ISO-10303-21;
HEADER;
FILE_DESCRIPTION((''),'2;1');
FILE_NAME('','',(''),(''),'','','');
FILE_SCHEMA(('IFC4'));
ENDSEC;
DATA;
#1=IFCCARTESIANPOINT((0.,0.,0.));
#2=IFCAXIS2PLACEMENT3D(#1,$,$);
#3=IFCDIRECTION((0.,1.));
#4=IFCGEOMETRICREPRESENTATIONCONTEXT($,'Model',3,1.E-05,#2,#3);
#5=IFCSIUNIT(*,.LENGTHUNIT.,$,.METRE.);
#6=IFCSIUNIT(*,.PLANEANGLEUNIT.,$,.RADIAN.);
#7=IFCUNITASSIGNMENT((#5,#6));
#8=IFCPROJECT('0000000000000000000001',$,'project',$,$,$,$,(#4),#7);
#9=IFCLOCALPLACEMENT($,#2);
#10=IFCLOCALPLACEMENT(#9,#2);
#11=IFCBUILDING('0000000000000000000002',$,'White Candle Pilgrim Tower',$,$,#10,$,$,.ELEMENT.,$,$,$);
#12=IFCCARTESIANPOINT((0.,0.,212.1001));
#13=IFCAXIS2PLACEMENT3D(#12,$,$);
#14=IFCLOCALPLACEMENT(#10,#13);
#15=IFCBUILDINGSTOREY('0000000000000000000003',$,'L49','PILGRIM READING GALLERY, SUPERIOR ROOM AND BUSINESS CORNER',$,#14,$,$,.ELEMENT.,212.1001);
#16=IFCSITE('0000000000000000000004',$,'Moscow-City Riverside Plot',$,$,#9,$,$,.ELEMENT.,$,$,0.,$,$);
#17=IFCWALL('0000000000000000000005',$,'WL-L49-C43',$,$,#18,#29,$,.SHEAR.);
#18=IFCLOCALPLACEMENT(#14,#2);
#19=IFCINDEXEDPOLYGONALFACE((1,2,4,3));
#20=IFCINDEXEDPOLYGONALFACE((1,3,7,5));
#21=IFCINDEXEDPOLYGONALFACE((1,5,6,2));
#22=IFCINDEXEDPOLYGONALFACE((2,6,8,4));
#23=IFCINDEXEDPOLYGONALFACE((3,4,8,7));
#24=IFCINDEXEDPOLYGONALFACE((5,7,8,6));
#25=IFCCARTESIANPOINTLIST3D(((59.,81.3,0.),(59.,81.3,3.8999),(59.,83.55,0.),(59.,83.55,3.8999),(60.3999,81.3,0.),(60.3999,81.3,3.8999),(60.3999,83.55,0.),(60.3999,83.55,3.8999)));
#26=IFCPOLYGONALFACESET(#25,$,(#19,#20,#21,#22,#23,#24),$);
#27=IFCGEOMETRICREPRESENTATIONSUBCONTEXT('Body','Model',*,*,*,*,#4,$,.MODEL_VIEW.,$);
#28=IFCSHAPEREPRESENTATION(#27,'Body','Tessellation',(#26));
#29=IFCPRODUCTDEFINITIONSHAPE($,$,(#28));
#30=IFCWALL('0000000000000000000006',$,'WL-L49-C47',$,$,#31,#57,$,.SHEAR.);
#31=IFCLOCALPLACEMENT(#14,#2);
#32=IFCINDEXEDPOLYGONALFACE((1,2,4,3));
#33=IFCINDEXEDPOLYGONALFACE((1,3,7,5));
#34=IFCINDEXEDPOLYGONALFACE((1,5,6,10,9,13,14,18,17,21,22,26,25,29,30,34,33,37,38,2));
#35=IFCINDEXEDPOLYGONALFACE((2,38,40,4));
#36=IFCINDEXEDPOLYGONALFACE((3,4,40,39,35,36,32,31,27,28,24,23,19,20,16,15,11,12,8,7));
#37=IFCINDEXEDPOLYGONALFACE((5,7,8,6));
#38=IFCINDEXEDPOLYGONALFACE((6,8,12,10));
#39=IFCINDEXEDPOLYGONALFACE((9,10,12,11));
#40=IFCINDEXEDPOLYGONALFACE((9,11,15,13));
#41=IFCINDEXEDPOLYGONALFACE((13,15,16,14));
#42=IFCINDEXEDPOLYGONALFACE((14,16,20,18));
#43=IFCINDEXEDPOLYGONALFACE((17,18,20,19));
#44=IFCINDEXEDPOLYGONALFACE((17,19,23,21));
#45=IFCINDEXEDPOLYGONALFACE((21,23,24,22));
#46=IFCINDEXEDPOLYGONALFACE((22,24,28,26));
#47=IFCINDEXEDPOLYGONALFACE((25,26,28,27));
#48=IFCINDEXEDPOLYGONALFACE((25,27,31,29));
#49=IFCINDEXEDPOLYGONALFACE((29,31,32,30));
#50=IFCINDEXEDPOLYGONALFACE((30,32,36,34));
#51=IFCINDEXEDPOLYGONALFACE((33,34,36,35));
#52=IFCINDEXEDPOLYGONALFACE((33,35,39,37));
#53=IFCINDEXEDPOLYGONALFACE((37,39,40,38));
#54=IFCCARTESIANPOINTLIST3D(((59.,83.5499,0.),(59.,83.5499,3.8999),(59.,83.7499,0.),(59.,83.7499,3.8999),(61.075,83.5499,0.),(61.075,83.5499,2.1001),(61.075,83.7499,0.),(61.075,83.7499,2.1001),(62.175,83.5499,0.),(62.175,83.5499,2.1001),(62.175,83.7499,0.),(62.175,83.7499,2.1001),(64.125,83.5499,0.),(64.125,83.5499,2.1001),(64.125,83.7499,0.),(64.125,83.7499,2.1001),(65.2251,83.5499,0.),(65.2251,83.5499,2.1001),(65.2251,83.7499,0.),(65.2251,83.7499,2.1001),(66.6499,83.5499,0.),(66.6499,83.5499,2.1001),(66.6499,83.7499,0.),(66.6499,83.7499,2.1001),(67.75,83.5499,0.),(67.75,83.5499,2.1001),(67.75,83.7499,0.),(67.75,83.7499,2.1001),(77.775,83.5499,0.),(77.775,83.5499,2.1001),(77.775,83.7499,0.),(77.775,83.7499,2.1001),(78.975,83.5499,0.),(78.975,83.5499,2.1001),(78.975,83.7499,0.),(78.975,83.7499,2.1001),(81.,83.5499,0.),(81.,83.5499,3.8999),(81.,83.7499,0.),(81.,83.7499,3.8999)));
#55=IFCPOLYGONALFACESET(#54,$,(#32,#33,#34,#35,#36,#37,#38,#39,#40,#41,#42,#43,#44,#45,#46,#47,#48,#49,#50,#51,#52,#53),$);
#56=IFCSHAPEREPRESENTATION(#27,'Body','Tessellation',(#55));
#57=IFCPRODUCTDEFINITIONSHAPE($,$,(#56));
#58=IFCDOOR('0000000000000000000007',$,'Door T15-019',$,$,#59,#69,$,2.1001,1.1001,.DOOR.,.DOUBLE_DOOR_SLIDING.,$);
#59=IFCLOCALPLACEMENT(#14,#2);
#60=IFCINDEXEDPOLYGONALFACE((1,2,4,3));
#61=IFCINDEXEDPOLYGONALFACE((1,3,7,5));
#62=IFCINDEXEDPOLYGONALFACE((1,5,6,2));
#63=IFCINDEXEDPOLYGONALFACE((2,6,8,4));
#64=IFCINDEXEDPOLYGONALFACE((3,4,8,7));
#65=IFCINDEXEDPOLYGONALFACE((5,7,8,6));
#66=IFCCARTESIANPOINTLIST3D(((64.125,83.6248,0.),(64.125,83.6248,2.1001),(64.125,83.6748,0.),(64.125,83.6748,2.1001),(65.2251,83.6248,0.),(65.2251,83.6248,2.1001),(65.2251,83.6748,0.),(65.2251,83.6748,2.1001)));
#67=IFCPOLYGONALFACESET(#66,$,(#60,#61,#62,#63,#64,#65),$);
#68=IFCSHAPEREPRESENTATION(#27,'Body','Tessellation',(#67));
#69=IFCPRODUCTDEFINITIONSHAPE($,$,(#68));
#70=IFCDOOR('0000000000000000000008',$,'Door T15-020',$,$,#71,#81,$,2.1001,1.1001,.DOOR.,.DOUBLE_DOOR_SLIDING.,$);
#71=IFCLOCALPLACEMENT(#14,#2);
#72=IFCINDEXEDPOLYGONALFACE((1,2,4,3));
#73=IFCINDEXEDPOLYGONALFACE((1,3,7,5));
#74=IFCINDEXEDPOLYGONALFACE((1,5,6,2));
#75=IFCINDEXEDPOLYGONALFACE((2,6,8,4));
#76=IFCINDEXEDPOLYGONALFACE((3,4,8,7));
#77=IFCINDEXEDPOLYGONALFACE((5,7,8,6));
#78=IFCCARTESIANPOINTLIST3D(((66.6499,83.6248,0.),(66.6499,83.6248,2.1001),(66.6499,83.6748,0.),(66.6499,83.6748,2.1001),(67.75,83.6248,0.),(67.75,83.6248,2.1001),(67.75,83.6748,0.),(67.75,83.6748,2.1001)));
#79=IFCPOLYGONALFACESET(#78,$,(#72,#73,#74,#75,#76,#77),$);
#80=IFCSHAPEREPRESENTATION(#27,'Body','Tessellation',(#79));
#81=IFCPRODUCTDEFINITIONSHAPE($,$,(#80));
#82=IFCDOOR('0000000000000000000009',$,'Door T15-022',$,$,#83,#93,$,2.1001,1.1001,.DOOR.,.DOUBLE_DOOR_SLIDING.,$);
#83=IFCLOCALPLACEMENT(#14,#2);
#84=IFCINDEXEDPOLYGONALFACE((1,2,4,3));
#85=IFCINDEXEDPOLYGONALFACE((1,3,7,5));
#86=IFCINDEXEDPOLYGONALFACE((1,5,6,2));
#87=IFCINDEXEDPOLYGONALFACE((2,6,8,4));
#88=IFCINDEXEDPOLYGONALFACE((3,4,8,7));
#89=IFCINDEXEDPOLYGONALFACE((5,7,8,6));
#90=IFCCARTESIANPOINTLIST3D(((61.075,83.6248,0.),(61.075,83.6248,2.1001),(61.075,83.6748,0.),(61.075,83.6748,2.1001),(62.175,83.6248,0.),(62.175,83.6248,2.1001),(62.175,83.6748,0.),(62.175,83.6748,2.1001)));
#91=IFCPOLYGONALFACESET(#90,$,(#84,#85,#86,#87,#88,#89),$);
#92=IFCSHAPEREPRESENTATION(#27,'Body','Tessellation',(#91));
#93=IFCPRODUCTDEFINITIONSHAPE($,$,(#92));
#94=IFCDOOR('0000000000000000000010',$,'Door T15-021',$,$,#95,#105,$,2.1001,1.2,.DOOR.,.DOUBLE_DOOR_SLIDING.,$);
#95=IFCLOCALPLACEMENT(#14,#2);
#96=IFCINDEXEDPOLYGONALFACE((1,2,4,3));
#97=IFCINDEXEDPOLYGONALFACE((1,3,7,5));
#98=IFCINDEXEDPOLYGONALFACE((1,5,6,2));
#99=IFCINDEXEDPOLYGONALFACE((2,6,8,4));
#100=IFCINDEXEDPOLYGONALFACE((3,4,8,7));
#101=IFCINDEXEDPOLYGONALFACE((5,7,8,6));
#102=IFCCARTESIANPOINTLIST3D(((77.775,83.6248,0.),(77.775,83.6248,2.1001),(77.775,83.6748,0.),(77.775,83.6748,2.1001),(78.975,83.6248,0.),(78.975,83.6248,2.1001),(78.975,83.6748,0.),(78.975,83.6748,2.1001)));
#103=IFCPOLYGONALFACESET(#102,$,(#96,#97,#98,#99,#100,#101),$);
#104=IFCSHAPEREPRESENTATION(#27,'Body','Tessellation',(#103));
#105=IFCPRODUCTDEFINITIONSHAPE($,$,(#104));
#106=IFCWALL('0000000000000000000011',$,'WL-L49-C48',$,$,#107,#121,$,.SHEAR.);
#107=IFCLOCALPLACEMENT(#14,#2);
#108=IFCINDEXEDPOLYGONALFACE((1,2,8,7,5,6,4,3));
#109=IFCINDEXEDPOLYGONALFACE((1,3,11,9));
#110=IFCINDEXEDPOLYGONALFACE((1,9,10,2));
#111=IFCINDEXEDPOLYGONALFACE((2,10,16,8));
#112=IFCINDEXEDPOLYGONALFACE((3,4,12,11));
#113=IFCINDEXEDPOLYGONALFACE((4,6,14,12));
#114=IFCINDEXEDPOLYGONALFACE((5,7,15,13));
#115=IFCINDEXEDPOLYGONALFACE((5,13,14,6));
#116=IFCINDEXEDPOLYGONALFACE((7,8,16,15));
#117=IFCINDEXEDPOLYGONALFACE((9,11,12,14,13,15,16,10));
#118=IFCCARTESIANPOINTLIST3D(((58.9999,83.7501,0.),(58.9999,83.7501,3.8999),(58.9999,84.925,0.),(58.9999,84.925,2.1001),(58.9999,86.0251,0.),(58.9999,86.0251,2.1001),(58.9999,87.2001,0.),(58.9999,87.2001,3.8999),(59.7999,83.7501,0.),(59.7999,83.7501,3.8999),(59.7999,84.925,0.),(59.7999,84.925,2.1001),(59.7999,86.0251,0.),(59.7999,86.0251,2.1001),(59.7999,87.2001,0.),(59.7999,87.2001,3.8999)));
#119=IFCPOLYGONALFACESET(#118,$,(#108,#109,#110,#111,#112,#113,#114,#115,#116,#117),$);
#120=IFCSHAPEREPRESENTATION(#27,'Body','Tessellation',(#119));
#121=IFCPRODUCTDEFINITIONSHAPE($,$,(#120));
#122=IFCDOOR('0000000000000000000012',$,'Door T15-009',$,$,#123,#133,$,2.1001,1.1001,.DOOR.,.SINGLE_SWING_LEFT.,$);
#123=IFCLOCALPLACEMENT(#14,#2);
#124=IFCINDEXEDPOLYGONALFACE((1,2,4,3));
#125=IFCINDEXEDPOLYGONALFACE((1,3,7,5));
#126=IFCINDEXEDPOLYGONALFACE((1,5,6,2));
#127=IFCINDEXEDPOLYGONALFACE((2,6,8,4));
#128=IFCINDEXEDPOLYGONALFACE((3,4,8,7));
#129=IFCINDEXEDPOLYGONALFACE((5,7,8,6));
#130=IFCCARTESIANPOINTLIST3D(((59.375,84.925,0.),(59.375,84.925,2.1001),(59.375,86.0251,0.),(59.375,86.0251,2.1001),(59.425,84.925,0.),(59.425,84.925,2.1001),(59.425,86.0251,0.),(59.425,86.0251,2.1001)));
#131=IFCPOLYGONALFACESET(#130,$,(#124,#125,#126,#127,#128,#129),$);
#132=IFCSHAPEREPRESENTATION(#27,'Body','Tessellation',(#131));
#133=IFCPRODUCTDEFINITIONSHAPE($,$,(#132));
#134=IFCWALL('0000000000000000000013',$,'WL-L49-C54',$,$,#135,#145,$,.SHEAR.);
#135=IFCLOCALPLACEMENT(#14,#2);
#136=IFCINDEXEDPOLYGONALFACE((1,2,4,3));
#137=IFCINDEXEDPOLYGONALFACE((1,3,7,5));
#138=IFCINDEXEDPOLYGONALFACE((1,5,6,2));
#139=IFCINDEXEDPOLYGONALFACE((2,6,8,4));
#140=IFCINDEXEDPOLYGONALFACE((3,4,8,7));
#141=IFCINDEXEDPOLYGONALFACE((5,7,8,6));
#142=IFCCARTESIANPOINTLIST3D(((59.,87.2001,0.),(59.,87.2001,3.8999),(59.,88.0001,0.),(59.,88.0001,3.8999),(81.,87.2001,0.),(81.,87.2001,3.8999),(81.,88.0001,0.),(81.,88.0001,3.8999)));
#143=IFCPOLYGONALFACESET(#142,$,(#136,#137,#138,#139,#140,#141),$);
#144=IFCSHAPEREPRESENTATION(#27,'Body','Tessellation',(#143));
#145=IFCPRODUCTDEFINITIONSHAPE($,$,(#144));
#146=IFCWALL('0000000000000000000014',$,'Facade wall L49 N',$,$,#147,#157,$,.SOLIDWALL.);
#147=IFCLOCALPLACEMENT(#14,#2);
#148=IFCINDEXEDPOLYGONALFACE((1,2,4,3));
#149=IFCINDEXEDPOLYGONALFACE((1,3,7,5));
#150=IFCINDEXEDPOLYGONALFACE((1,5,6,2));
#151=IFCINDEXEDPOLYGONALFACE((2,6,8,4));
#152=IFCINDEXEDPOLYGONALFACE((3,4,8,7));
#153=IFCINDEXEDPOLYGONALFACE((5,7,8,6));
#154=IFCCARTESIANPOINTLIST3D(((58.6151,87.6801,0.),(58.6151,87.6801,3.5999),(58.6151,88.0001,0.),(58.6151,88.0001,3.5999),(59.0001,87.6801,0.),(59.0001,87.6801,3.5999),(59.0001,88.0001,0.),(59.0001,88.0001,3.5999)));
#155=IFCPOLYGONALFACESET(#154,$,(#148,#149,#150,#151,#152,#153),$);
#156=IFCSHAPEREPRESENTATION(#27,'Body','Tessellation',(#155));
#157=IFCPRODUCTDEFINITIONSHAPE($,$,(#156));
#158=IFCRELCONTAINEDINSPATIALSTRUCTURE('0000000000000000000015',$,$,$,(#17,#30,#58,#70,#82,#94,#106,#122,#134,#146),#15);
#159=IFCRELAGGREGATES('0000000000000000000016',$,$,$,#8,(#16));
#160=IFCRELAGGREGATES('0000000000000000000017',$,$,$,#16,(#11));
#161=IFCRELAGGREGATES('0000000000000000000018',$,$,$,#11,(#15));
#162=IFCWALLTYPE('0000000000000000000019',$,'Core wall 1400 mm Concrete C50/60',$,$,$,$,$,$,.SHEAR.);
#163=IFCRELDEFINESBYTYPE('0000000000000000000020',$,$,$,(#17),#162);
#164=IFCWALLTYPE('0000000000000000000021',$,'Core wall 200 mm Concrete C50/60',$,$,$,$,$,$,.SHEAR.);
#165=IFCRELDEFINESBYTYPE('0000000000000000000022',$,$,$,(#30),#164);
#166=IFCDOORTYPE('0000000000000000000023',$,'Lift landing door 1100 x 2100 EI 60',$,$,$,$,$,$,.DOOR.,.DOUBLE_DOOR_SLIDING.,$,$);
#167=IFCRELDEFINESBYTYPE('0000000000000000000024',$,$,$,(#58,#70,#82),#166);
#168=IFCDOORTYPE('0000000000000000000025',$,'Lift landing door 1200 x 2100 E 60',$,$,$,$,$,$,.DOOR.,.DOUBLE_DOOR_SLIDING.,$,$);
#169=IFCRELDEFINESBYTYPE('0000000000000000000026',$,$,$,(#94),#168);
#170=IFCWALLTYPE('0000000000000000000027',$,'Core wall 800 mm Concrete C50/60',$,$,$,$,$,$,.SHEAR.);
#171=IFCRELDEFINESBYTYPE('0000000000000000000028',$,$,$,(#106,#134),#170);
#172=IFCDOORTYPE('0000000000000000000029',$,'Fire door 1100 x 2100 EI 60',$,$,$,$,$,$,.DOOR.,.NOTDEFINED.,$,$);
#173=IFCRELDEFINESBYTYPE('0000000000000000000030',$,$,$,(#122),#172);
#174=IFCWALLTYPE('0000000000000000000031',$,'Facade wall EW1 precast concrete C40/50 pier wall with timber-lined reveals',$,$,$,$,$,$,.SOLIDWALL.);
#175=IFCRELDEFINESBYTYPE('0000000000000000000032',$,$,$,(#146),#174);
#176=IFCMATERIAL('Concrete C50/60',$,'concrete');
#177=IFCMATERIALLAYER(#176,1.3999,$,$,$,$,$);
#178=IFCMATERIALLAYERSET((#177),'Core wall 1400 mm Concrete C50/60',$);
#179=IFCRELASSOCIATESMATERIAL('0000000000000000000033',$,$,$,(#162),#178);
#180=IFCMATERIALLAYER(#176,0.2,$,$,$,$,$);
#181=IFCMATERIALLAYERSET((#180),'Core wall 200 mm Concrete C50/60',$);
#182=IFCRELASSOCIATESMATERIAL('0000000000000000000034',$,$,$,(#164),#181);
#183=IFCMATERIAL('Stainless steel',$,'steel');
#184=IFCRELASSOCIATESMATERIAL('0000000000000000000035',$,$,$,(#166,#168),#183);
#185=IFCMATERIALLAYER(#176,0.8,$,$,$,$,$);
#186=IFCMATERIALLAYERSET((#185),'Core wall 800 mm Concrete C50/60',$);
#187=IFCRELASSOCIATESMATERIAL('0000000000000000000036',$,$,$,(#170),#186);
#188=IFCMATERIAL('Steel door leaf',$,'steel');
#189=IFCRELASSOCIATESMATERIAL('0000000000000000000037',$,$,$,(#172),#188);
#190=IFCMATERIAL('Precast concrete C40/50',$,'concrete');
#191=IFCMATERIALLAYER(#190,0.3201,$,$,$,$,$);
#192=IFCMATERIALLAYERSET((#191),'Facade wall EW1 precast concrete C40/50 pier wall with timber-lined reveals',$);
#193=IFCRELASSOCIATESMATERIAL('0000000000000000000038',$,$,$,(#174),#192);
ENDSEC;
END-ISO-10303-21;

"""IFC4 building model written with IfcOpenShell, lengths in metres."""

from ifc_helpers import new_model, si_unit, direction, frame, frame_2d, origin, place, context, subcontext, project, spatial, rectangle, extrude, material, layer, layer_set, type_object, element, fill, save


model = new_model("IFC4")

# Units and contexts
model_context = context("Model", 3, precision=1e-05, world=origin(), true_north=direction((0.0, 1.0)))
body_context = subcontext(model_context, "Body", "Model", "MODEL_VIEW")
ifc_project = project(units=[si_unit("LENGTHUNIT", "METRE"), si_unit("PLANEANGLEUNIT", "RADIAN")], contexts=[model_context])

# Site, building, storey
site_placement = place(None, origin())
site = spatial("IfcSite", under=ifc_project, at=site_placement, Name="Moscow-City Riverside Plot", CompositionType="ELEMENT", RefElevation=0.0)
building_placement = place(site_placement, origin())
building = spatial("IfcBuilding", under=site, at=building_placement, Name="White Candle Pilgrim Tower", CompositionType="ELEMENT")
storey_placement = place(building_placement, frame((0.0, 0.0, 212.1001)))
storey = spatial("IfcBuildingStorey", under=building, at=storey_placement, Name="L49", Description="PILGRIM READING GALLERY, SUPERIOR ROOM AND BUSINESS CORNER", CompositionType="ELEMENT", Elevation=212.1001)

# Wall
ifc_material_1 = material(Name="Concrete C50/60", Category="concrete")
ifc_layer_1 = layer(ifc_material_1, 1.3999)
ifc_layer_set_1 = layer_set([ifc_layer_1], Name="Core wall 1400 mm Concrete C50/60")
wall_type_1 = type_object("IfcWallType", Name="Core wall 1400 mm Concrete C50/60", PredefinedType="SHEAR", material=ifc_layer_set_1)
wall_1_placement = place(storey_placement, frame((59.7, 81.3, 0.0), z_axis=(0.0, 0.0, 1.0), x_axis=(0.0, 1.0, 0.0)))
element("IfcWall", 1, at=wall_1_placement, inside=storey, type_object=wall_type_1, Name="WL-L49-C43", PredefinedType="SHEAR", context=body_context, shape_type="SweptSolid", body=[
    extrude(rectangle(XDim=2.25, YDim=1.3999, at=frame_2d((1.125, 0.0))), origin(), (0.0, 0.0, 1.0), 3.8999),
])

# Wall, openings, doors
ifc_layer_2 = layer(ifc_material_1, 0.2)
ifc_layer_set_2 = layer_set([ifc_layer_2], Name="Core wall 200 mm Concrete C50/60")
wall_type_2 = type_object("IfcWallType", Name="Core wall 200 mm Concrete C50/60", PredefinedType="SHEAR", material=ifc_layer_set_2)
wall_2_placement = place(storey_placement, frame((59.0, 83.6499, 0.0), z_axis=(0.0, 0.0, 1.0), x_axis=(1.0, 0.0, 0.0)))
wall_2 = element("IfcWall", 2, at=wall_2_placement, inside=storey, type_object=wall_type_2, Name="WL-L49-C47", PredefinedType="SHEAR", context=body_context, shape_type="SweptSolid", body=[
    extrude(rectangle(XDim=22.0, YDim=0.2, at=frame_2d((11.0, 0.0))), origin(), (0.0, 0.0, 1.0), 3.8999),
])
opening_1_placement = place(wall_2_placement, frame((5.125, 0.0, 0.0)))
opening_1 = element("IfcOpeningElement", 3, at=opening_1_placement, cuts=wall_2, PredefinedType="OPENING", context=body_context, shape_type="SweptSolid", body=[
    extrude(rectangle(XDim=1.1001, YDim=2.1001, at=frame_2d((0.55, 1.05))), frame((0.0, 0.1099, 0.0), z_axis=(0.0, -1.0, 0.0), x_axis=(1.0, 0.0, 0.0)), (0.0, 0.0, 1.0), 0.22),
])
opening_2_placement = place(wall_2_placement, frame((7.6499, 0.0, 0.0)))
opening_2 = element("IfcOpeningElement", 4, at=opening_2_placement, cuts=wall_2, PredefinedType="OPENING", context=body_context, shape_type="SweptSolid", body=[
    extrude(rectangle(XDim=1.1001, YDim=2.1001, at=frame_2d((0.55, 1.05))), frame((0.0, 0.1099, 0.0), z_axis=(0.0, -1.0, 0.0), x_axis=(1.0, 0.0, 0.0)), (0.0, 0.0, 1.0), 0.22),
])
opening_3_placement = place(wall_2_placement, frame((18.7749, 0.0, 0.0)))
opening_3 = element("IfcOpeningElement", 5, at=opening_3_placement, cuts=wall_2, PredefinedType="OPENING", context=body_context, shape_type="SweptSolid", body=[
    extrude(rectangle(XDim=1.2, YDim=2.1001, at=frame_2d((0.6001, 1.05))), frame((0.0, 0.1099, 0.0), z_axis=(0.0, -1.0, 0.0), x_axis=(1.0, 0.0, 0.0)), (0.0, 0.0, 1.0), 0.22),
])
opening_4_placement = place(wall_2_placement, frame((2.075, 0.0, 0.0)))
opening_4 = element("IfcOpeningElement", 6, at=opening_4_placement, cuts=wall_2, PredefinedType="OPENING", context=body_context, shape_type="SweptSolid", body=[
    extrude(rectangle(XDim=1.1001, YDim=2.1001, at=frame_2d((0.55, 1.05))), frame((0.0, 0.1099, 0.0), z_axis=(0.0, -1.0, 0.0), x_axis=(1.0, 0.0, 0.0)), (0.0, 0.0, 1.0), 0.22),
])
ifc_material_2 = material(Name="Stainless steel", Category="steel")
door_type_1 = type_object("IfcDoorType", Name="Lift landing door 1100 x 2100 EI 60", OperationType="DOUBLE_DOOR_SLIDING", PredefinedType="DOOR", material=ifc_material_2)
door_1_placement = place(opening_1_placement, origin())
door_1 = element("IfcDoor", 7, at=door_1_placement, inside=storey, type_object=door_type_1, Name="Door T15-019", OperationType="DOUBLE_DOOR_SLIDING", OverallHeight=2.1001, OverallWidth=1.1001, PredefinedType="DOOR", context=body_context, shape_type="SweptSolid", body=[
    extrude(rectangle(XDim=1.1001, YDim=2.1001, at=frame_2d((0.55, 1.05))), frame((0.0, 0.0249, 0.0), z_axis=(0.0, -1.0, 0.0), x_axis=(1.0, 0.0, 0.0)), (0.0, 0.0, 1.0), 0.05),
])
fill(opening_1, door_1)
door_2_placement = place(opening_2_placement, origin())
door_2 = element("IfcDoor", 8, at=door_2_placement, inside=storey, type_object=door_type_1, Name="Door T15-020", OperationType="DOUBLE_DOOR_SLIDING", OverallHeight=2.1001, OverallWidth=1.1001, PredefinedType="DOOR", context=body_context, shape_type="SweptSolid", body=[
    extrude(rectangle(XDim=1.1001, YDim=2.1001, at=frame_2d((0.55, 1.05))), frame((0.0, 0.0249, 0.0), z_axis=(0.0, -1.0, 0.0), x_axis=(1.0, 0.0, 0.0)), (0.0, 0.0, 1.0), 0.05),
])
fill(opening_2, door_2)
door_3_placement = place(opening_4_placement, origin())
door_3 = element("IfcDoor", 9, at=door_3_placement, inside=storey, type_object=door_type_1, Name="Door T15-022", OperationType="DOUBLE_DOOR_SLIDING", OverallHeight=2.1001, OverallWidth=1.1001, PredefinedType="DOOR", context=body_context, shape_type="SweptSolid", body=[
    extrude(rectangle(XDim=1.1001, YDim=2.1001, at=frame_2d((0.55, 1.05))), frame((0.0, 0.0249, 0.0), z_axis=(0.0, -1.0, 0.0), x_axis=(1.0, 0.0, 0.0)), (0.0, 0.0, 1.0), 0.05),
])
fill(opening_4, door_3)
door_type_2 = type_object("IfcDoorType", Name="Lift landing door 1200 x 2100 E 60", OperationType="DOUBLE_DOOR_SLIDING", PredefinedType="DOOR", material=ifc_material_2)
door_4_placement = place(opening_3_placement, origin())
door_4 = element("IfcDoor", 10, at=door_4_placement, inside=storey, type_object=door_type_2, Name="Door T15-021", OperationType="DOUBLE_DOOR_SLIDING", OverallHeight=2.1001, OverallWidth=1.2, PredefinedType="DOOR", context=body_context, shape_type="SweptSolid", body=[
    extrude(rectangle(XDim=1.2, YDim=2.1001, at=frame_2d((0.6001, 1.05))), frame((0.0, 0.0249, 0.0), z_axis=(0.0, -1.0, 0.0), x_axis=(1.0, 0.0, 0.0)), (0.0, 0.0, 1.0), 0.05),
])
fill(opening_3, door_4)

# Wall, opening, door
ifc_layer_3 = layer(ifc_material_1, 0.8)
ifc_layer_set_3 = layer_set([ifc_layer_3], Name="Core wall 800 mm Concrete C50/60")
wall_type_3 = type_object("IfcWallType", Name="Core wall 800 mm Concrete C50/60", PredefinedType="SHEAR", material=ifc_layer_set_3)
wall_3_placement = place(storey_placement, frame((59.3999, 83.75, 0.0), z_axis=(0.0, 0.0, 1.0), x_axis=(0.0, 1.0, 0.0)))
wall_3 = element("IfcWall", 11, at=wall_3_placement, inside=storey, type_object=wall_type_3, Name="WL-L49-C48", PredefinedType="SHEAR", context=body_context, shape_type="SweptSolid", body=[
    extrude(rectangle(XDim=3.45, YDim=0.8, at=frame_2d((1.7251, 0.0))), origin(), (0.0, 0.0, 1.0), 3.8999),
])
opening_5_placement = place(wall_3_placement, frame((1.175, 0.0, 0.0)))
opening_5 = element("IfcOpeningElement", 12, at=opening_5_placement, cuts=wall_3, PredefinedType="OPENING", context=body_context, shape_type="SweptSolid", body=[
    extrude(rectangle(XDim=1.1001, YDim=2.1001, at=frame_2d((0.55, 1.05))), frame((0.0, 0.4099, 0.0), z_axis=(0.0, -1.0, 0.0), x_axis=(1.0, 0.0, 0.0)), (0.0, 0.0, 1.0), 0.8201),
])
ifc_material_3 = material(Name="Steel door leaf", Category="steel")
door_type_3 = type_object("IfcDoorType", Name="Fire door 1100 x 2100 EI 60", OperationType="NOTDEFINED", PredefinedType="DOOR", material=ifc_material_3)
door_5_placement = place(opening_5_placement, origin())
door_5 = element("IfcDoor", 13, at=door_5_placement, inside=storey, type_object=door_type_3, Name="Door T15-009", OperationType="SINGLE_SWING_LEFT", OverallHeight=2.1001, OverallWidth=1.1001, PredefinedType="DOOR", context=body_context, shape_type="SweptSolid", body=[
    extrude(rectangle(XDim=1.1001, YDim=2.1001, at=frame_2d((0.55, 1.05))), frame((0.0, 0.0249, 0.0), z_axis=(0.0, -1.0, 0.0), x_axis=(1.0, 0.0, 0.0)), (0.0, 0.0, 1.0), 0.05),
])
fill(opening_5, door_5)

# Walls
wall_4_placement = place(storey_placement, frame((59.0, 87.6001, 0.0), z_axis=(0.0, 0.0, 1.0), x_axis=(1.0, 0.0, 0.0)))
element("IfcWall", 14, at=wall_4_placement, inside=storey, type_object=wall_type_3, Name="WL-L49-C54", PredefinedType="SHEAR", context=body_context, shape_type="SweptSolid", body=[
    extrude(rectangle(XDim=22.0, YDim=0.8, at=frame_2d((11.0, 0.0))), origin(), (0.0, 0.0, 1.0), 3.8999),
])
ifc_material_4 = material(Name="Precast concrete C40/50", Category="concrete")
ifc_layer_4 = layer(ifc_material_4, 0.3201)
ifc_layer_set_4 = layer_set([ifc_layer_4], Name="Facade wall EW1 precast concrete C40/50 pier wall with timber-lined reveals")
wall_type_4 = type_object("IfcWallType", Name="Facade wall EW1 precast concrete C40/50 pier wall with timber-lined reveals", PredefinedType="SOLIDWALL", material=ifc_layer_set_4)
wall_5_placement = place(storey_placement, frame((59.0, 87.8401, 0.0), z_axis=(0.0, 0.0, 1.0), x_axis=(-1.0, 0.0, 0.0)))
element("IfcWall", 15, at=wall_5_placement, inside=storey, type_object=wall_type_4, Name="Facade wall L49 N", PredefinedType="SOLIDWALL", context=body_context, shape_type="SweptSolid", body=[
    extrude(rectangle(XDim=0.385, YDim=0.3201, at=frame_2d((0.1924, 0.0))), origin(), (0.0, 0.0, 1.0), 3.5999),
])

save(model, "model.ifc")
